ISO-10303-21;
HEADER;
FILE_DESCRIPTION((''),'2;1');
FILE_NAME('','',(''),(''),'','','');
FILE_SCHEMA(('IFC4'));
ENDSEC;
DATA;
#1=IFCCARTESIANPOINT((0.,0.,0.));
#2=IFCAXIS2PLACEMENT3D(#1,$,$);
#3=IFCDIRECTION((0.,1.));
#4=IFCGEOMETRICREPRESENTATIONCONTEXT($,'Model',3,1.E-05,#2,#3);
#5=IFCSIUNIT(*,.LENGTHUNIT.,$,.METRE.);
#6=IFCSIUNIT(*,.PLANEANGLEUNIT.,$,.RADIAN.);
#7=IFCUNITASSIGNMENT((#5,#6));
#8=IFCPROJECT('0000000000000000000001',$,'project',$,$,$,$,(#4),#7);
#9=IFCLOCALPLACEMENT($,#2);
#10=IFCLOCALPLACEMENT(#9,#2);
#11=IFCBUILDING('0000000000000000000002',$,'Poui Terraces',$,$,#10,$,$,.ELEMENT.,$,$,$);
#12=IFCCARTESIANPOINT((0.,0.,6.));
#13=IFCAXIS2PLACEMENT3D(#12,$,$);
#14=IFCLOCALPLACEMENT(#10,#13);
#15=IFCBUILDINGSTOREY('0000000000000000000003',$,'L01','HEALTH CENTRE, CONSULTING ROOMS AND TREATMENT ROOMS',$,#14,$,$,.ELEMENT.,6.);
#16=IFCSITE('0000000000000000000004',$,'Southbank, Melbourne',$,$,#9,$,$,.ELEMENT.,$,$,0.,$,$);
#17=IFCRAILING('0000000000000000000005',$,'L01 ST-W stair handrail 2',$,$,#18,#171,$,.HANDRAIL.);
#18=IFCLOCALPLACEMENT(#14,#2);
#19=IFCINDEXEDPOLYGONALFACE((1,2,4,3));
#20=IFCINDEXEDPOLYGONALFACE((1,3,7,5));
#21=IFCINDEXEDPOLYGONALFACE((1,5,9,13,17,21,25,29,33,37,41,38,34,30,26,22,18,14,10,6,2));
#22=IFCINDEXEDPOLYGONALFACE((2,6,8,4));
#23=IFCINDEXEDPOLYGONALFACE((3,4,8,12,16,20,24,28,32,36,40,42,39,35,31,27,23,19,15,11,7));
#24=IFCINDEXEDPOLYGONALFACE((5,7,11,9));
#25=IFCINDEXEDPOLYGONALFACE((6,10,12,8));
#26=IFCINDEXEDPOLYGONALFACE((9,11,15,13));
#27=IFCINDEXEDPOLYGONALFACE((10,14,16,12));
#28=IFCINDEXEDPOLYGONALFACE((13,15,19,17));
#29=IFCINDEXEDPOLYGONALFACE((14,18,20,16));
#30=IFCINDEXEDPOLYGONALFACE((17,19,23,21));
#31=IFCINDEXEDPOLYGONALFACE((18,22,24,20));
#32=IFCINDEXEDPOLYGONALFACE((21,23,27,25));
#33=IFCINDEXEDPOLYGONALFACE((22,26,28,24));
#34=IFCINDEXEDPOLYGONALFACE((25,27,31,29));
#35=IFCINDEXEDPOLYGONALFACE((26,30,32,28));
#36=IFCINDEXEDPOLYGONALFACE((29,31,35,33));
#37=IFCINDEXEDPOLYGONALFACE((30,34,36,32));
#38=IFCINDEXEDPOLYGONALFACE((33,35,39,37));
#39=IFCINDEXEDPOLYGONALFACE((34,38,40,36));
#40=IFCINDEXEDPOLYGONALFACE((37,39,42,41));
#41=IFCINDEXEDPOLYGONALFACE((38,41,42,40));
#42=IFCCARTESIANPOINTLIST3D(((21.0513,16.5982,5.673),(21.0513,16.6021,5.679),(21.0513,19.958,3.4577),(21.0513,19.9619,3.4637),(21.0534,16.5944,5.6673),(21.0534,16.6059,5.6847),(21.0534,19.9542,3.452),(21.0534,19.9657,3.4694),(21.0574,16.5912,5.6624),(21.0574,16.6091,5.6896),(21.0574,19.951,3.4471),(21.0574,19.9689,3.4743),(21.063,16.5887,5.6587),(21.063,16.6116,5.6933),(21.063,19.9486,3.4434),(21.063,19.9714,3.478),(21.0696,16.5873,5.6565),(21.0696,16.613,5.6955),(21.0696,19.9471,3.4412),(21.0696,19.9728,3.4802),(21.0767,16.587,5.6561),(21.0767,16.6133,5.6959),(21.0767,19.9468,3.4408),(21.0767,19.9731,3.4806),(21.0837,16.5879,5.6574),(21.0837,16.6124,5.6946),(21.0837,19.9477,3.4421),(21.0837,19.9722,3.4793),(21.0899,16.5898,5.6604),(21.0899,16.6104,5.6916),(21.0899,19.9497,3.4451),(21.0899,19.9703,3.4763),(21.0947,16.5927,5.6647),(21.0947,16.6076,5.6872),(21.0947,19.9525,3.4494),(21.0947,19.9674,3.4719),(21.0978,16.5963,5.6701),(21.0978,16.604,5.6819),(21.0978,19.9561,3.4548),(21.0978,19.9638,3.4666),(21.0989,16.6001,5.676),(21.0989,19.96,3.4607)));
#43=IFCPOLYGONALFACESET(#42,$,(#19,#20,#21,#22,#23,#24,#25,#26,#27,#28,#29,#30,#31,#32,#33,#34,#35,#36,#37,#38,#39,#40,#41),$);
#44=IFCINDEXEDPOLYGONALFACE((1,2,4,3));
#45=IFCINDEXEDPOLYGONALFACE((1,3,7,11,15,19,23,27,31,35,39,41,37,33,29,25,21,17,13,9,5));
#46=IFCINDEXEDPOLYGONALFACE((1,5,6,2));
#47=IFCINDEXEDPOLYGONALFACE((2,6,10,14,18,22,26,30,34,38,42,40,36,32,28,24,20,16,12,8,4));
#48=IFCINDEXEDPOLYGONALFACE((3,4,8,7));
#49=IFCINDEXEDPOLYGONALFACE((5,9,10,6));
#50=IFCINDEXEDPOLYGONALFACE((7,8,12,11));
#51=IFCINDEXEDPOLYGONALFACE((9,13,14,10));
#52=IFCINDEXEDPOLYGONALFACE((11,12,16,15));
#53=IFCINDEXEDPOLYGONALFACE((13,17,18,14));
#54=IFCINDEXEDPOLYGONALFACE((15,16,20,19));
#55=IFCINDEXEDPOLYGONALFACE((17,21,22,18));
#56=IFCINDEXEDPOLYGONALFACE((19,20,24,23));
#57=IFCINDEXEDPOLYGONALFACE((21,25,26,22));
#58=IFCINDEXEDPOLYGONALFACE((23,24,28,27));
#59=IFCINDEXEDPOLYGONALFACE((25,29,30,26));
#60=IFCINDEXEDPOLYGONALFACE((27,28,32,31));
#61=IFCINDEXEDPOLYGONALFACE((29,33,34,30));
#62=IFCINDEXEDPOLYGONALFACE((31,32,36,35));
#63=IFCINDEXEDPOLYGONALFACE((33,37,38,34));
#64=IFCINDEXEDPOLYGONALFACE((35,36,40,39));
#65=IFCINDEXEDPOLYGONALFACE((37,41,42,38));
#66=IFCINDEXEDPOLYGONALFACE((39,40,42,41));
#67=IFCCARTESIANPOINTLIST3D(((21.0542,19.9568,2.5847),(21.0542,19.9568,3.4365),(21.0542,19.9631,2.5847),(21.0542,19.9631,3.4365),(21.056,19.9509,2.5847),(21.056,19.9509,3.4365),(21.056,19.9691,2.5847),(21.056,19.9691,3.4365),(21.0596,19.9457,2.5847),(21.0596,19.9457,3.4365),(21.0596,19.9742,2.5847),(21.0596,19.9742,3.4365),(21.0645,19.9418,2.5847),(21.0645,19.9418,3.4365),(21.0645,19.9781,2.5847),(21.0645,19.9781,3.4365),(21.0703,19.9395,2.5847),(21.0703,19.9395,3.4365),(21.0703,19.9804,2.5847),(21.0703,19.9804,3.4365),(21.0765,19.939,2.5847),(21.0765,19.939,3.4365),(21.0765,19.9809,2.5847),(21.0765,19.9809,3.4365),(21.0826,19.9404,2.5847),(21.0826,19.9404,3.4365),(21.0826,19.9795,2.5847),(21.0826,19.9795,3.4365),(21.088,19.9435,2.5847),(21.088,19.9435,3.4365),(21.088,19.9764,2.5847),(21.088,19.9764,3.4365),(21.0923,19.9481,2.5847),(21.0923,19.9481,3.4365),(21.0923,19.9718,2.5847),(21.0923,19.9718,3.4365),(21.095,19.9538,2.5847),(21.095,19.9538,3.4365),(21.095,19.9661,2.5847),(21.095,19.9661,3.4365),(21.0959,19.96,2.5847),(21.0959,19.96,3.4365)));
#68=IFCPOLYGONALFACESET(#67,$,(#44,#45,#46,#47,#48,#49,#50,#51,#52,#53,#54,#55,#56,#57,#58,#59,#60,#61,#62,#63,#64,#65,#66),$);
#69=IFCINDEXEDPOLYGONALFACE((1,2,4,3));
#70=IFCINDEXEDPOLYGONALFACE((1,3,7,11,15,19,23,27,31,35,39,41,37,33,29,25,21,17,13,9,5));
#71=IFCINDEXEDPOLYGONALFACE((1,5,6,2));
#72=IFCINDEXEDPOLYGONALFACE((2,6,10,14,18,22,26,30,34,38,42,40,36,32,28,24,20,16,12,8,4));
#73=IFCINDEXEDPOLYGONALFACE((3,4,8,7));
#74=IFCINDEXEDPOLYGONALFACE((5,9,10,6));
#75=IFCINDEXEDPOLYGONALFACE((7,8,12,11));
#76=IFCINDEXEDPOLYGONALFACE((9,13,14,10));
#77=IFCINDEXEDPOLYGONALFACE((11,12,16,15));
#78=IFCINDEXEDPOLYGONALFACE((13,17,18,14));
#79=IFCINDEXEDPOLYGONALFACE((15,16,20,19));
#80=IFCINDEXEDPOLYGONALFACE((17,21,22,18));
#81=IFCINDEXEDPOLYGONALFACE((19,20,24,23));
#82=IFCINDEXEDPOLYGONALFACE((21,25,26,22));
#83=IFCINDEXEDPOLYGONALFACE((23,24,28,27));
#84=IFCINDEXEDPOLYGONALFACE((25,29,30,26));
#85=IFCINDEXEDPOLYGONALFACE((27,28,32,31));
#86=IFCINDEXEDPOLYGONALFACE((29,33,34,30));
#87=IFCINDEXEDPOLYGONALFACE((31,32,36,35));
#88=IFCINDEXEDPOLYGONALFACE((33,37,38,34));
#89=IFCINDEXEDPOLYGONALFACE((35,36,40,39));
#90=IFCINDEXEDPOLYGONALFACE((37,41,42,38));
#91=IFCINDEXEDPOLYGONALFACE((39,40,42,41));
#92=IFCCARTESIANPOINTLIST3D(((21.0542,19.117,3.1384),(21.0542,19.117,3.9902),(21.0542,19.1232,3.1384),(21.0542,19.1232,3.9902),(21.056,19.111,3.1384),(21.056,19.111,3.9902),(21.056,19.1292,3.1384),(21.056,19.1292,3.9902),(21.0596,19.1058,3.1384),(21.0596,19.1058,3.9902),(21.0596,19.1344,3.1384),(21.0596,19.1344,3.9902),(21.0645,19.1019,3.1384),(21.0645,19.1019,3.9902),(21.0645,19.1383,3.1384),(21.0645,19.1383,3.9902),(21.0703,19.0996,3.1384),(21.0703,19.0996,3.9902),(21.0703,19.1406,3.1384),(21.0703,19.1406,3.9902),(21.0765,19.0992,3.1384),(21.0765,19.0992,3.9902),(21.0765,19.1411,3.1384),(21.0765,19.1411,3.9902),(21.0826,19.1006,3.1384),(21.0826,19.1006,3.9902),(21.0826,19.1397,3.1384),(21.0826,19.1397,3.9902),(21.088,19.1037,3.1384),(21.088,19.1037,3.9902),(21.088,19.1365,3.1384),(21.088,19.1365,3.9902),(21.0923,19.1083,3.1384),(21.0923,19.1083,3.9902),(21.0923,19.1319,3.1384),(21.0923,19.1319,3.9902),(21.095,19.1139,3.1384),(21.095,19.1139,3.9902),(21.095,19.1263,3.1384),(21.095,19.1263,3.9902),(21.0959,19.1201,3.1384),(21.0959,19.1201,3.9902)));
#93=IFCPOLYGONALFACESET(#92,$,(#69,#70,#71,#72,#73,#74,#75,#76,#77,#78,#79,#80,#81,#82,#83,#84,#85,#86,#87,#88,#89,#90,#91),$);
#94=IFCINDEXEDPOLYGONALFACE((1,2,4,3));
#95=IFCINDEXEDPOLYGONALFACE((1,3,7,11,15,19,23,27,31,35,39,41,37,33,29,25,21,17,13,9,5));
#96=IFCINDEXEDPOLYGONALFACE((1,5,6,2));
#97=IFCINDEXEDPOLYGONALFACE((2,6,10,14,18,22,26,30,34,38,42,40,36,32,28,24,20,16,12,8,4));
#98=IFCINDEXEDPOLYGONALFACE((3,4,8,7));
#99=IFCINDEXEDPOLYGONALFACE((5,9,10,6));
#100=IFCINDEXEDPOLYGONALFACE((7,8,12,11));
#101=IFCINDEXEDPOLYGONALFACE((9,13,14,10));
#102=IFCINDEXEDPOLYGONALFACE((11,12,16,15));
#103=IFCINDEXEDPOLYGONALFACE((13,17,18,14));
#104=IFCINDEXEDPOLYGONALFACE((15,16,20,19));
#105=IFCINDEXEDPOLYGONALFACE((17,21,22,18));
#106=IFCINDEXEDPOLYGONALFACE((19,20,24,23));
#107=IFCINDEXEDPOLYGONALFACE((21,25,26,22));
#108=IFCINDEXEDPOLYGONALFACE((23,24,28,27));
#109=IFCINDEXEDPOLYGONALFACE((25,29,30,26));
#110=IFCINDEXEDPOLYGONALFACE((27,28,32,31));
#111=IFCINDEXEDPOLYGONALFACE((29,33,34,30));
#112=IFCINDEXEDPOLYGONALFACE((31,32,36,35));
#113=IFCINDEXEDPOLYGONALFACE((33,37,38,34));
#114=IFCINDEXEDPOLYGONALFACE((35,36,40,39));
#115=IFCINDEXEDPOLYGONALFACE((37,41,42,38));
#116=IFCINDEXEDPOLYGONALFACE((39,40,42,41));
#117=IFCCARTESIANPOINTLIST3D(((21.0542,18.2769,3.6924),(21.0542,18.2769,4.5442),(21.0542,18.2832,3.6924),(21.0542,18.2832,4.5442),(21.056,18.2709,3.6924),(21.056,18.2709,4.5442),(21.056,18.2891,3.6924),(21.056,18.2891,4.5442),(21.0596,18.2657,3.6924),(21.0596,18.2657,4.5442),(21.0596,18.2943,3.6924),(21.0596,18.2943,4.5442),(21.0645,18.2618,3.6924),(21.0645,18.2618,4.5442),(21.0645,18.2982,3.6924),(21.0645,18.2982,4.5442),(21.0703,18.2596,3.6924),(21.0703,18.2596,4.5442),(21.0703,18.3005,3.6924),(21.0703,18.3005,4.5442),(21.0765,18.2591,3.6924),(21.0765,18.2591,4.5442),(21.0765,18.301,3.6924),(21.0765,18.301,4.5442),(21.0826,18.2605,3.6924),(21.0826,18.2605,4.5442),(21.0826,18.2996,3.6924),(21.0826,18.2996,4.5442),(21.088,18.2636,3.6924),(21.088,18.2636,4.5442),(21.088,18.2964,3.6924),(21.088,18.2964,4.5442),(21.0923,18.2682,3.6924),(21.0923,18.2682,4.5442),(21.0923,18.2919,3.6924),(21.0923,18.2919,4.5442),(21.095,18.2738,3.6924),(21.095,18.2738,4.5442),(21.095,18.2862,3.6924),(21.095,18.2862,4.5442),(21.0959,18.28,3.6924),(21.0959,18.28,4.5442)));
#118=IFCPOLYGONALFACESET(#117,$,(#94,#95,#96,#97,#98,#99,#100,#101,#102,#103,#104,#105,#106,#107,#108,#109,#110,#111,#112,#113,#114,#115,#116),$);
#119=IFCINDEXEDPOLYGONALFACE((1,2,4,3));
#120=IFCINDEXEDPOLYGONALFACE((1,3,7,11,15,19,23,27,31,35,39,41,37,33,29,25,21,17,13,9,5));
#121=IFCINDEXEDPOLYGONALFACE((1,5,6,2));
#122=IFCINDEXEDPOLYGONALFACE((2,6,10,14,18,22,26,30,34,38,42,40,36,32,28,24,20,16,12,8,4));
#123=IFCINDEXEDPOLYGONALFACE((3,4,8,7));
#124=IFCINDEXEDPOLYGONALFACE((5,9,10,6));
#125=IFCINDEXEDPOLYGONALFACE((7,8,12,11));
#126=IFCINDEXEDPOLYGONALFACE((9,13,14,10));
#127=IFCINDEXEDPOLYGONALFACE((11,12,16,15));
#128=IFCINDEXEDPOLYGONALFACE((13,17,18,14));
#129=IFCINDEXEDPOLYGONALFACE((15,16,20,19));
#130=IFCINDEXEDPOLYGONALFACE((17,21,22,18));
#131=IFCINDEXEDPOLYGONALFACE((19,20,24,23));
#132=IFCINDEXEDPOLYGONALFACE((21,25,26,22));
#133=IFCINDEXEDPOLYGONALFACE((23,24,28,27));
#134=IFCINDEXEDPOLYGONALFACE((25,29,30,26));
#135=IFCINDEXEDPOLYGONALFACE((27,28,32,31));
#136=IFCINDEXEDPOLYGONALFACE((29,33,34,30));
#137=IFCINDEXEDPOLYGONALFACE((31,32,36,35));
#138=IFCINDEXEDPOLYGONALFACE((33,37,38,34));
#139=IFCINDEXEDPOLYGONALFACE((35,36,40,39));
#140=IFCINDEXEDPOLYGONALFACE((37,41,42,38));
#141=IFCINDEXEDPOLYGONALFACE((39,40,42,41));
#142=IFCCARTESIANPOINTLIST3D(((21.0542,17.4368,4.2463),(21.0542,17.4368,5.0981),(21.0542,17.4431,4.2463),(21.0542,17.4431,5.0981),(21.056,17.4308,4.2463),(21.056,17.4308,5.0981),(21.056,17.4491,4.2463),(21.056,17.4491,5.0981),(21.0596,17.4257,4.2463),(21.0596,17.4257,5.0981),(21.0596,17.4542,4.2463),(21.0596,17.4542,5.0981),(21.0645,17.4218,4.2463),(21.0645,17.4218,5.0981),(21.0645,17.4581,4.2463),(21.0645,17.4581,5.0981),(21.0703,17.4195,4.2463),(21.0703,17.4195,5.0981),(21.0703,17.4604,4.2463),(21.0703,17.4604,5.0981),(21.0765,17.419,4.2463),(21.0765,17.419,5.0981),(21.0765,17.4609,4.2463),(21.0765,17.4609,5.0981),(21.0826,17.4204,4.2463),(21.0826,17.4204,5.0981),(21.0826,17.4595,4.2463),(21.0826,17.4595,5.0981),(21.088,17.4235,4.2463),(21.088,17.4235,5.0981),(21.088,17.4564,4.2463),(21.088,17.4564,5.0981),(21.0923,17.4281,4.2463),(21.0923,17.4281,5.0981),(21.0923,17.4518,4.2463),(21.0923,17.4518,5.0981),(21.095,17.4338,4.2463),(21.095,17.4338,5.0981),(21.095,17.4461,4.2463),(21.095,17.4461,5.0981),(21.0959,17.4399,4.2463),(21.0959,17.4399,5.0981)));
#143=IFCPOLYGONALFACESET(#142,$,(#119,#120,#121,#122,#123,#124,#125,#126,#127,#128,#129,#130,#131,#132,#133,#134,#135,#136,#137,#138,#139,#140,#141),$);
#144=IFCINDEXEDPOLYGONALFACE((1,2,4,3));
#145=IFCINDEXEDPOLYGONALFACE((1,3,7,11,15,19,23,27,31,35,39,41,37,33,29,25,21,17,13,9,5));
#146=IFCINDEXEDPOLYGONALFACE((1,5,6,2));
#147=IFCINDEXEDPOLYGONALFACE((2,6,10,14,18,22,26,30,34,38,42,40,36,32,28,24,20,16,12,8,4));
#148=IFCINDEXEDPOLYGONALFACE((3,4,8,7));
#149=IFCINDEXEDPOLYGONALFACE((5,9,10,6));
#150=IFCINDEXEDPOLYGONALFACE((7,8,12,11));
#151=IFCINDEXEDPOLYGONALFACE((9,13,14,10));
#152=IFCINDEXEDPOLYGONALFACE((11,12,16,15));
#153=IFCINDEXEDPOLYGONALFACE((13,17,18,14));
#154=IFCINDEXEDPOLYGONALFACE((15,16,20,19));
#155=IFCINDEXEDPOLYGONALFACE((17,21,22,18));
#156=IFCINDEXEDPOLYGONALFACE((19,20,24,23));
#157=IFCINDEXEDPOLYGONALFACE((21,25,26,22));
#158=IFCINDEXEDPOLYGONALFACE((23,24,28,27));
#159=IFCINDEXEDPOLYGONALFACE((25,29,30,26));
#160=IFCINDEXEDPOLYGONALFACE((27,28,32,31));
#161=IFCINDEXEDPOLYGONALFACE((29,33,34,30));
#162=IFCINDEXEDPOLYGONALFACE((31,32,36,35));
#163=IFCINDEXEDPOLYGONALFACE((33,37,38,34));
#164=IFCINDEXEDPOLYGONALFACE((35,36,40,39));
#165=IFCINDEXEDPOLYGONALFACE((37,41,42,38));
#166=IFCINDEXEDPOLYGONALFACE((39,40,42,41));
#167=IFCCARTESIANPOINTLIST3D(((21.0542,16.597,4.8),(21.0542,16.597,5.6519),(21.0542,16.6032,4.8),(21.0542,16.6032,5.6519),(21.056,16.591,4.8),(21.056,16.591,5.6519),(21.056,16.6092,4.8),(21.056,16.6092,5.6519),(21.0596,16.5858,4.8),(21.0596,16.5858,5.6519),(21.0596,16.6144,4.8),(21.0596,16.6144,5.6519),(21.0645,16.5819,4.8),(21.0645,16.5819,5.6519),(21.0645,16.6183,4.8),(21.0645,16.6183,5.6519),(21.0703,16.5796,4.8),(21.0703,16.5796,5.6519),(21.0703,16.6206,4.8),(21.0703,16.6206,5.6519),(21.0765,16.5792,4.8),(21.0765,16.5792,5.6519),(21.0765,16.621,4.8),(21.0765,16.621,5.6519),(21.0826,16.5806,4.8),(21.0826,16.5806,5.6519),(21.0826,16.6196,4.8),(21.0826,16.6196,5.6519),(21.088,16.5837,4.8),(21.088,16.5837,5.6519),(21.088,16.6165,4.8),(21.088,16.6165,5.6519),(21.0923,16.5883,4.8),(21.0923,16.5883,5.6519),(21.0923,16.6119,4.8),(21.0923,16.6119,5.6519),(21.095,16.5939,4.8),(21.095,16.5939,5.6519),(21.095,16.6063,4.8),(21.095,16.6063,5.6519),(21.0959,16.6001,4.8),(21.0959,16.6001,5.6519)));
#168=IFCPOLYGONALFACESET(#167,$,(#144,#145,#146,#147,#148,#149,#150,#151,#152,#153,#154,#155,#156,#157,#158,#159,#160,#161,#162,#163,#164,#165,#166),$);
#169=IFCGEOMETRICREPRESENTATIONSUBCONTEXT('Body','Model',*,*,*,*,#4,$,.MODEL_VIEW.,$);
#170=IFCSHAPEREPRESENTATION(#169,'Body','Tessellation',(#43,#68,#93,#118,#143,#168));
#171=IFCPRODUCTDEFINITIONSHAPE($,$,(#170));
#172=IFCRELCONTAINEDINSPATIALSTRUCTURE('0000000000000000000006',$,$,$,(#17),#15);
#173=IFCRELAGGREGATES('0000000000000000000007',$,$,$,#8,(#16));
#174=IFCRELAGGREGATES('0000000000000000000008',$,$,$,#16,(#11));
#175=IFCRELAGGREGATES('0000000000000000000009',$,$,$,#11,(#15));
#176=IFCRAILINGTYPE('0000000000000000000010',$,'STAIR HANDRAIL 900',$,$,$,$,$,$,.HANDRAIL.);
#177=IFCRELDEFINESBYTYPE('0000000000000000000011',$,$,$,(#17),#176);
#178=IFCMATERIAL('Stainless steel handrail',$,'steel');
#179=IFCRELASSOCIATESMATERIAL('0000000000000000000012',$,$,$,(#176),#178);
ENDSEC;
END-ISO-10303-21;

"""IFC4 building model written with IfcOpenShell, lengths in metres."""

from ifc_helpers import new_model, si_unit, direction, frame, origin, origin_2d, place, context, subcontext, project, spatial, circle, extrude, material, type_object, element, save


model = new_model("IFC4")

# Units and contexts
model_context = context("Model", 3, precision=1e-05, world=origin(), true_north=direction((0.0, 1.0)))
body_context = subcontext(model_context, "Body", "Model", "MODEL_VIEW")
ifc_project = project(units=[si_unit("LENGTHUNIT", "METRE"), si_unit("PLANEANGLEUNIT", "RADIAN")], contexts=[model_context])

# Site, building, storey
site_placement = place(None, origin())
site = spatial("IfcSite", under=ifc_project, at=site_placement, Name="Southbank, Melbourne", CompositionType="ELEMENT", RefElevation=0.0)
building_placement = place(site_placement, origin())
building = spatial("IfcBuilding", under=site, at=building_placement, Name="Poui Terraces", CompositionType="ELEMENT")
storey_placement = place(building_placement, frame((0.0, 0.0, 6.0)))
storey = spatial("IfcBuildingStorey", under=building, at=storey_placement, Name="L01", Description="HEALTH CENTRE, CONSULTING ROOMS AND TREATMENT ROOMS", CompositionType="ELEMENT", Elevation=6.0)

# Railing
ifc_material_1 = material(Name="Stainless steel handrail", Category="steel")
railing_type_1 = type_object("IfcRailingType", Name="STAIR HANDRAIL 900", PredefinedType="HANDRAIL", material=ifc_material_1)
railing_1_placement = place(storey_placement, frame((21.075, 19.96, 2.5847)))
element("IfcRailing", 1, at=railing_1_placement, inside=storey, type_object=railing_type_1, Name="L01 ST-W stair handrail 2", PredefinedType="HANDRAIL", context=body_context, shape_type="SweptSolid", body=[
    extrude(circle(Radius=0.0239, at=origin_2d()), frame((0.0, 0.0, 0.876), z_axis=(0.0, -0.834858, 0.550465), x_axis=(1.0, 0.0, 0.0)), (0.0, 0.0, 1.0), 4.0244),
    extrude(circle(Radius=0.021, at=origin_2d()), origin(), (0.0, 0.0, 1.0), 0.8518),
    extrude(circle(Radius=0.021, at=origin_2d()), frame((0.0, -0.8398, 0.5537)), (0.0, 0.0, 1.0), 0.8518),
    extrude(circle(Radius=0.021, at=origin_2d()), frame((0.0, -1.6799, 1.1077)), (0.0, 0.0, 1.0), 0.8518),
    extrude(circle(Radius=0.021, at=origin_2d()), frame((0.0, -2.52, 1.6616)), (0.0, 0.0, 1.0), 0.8518),
    extrude(circle(Radius=0.021, at=origin_2d()), frame((0.0, -3.3599, 2.2153)), (0.0, 0.0, 1.0), 0.8518),
])

save(model, "model.ifc")
